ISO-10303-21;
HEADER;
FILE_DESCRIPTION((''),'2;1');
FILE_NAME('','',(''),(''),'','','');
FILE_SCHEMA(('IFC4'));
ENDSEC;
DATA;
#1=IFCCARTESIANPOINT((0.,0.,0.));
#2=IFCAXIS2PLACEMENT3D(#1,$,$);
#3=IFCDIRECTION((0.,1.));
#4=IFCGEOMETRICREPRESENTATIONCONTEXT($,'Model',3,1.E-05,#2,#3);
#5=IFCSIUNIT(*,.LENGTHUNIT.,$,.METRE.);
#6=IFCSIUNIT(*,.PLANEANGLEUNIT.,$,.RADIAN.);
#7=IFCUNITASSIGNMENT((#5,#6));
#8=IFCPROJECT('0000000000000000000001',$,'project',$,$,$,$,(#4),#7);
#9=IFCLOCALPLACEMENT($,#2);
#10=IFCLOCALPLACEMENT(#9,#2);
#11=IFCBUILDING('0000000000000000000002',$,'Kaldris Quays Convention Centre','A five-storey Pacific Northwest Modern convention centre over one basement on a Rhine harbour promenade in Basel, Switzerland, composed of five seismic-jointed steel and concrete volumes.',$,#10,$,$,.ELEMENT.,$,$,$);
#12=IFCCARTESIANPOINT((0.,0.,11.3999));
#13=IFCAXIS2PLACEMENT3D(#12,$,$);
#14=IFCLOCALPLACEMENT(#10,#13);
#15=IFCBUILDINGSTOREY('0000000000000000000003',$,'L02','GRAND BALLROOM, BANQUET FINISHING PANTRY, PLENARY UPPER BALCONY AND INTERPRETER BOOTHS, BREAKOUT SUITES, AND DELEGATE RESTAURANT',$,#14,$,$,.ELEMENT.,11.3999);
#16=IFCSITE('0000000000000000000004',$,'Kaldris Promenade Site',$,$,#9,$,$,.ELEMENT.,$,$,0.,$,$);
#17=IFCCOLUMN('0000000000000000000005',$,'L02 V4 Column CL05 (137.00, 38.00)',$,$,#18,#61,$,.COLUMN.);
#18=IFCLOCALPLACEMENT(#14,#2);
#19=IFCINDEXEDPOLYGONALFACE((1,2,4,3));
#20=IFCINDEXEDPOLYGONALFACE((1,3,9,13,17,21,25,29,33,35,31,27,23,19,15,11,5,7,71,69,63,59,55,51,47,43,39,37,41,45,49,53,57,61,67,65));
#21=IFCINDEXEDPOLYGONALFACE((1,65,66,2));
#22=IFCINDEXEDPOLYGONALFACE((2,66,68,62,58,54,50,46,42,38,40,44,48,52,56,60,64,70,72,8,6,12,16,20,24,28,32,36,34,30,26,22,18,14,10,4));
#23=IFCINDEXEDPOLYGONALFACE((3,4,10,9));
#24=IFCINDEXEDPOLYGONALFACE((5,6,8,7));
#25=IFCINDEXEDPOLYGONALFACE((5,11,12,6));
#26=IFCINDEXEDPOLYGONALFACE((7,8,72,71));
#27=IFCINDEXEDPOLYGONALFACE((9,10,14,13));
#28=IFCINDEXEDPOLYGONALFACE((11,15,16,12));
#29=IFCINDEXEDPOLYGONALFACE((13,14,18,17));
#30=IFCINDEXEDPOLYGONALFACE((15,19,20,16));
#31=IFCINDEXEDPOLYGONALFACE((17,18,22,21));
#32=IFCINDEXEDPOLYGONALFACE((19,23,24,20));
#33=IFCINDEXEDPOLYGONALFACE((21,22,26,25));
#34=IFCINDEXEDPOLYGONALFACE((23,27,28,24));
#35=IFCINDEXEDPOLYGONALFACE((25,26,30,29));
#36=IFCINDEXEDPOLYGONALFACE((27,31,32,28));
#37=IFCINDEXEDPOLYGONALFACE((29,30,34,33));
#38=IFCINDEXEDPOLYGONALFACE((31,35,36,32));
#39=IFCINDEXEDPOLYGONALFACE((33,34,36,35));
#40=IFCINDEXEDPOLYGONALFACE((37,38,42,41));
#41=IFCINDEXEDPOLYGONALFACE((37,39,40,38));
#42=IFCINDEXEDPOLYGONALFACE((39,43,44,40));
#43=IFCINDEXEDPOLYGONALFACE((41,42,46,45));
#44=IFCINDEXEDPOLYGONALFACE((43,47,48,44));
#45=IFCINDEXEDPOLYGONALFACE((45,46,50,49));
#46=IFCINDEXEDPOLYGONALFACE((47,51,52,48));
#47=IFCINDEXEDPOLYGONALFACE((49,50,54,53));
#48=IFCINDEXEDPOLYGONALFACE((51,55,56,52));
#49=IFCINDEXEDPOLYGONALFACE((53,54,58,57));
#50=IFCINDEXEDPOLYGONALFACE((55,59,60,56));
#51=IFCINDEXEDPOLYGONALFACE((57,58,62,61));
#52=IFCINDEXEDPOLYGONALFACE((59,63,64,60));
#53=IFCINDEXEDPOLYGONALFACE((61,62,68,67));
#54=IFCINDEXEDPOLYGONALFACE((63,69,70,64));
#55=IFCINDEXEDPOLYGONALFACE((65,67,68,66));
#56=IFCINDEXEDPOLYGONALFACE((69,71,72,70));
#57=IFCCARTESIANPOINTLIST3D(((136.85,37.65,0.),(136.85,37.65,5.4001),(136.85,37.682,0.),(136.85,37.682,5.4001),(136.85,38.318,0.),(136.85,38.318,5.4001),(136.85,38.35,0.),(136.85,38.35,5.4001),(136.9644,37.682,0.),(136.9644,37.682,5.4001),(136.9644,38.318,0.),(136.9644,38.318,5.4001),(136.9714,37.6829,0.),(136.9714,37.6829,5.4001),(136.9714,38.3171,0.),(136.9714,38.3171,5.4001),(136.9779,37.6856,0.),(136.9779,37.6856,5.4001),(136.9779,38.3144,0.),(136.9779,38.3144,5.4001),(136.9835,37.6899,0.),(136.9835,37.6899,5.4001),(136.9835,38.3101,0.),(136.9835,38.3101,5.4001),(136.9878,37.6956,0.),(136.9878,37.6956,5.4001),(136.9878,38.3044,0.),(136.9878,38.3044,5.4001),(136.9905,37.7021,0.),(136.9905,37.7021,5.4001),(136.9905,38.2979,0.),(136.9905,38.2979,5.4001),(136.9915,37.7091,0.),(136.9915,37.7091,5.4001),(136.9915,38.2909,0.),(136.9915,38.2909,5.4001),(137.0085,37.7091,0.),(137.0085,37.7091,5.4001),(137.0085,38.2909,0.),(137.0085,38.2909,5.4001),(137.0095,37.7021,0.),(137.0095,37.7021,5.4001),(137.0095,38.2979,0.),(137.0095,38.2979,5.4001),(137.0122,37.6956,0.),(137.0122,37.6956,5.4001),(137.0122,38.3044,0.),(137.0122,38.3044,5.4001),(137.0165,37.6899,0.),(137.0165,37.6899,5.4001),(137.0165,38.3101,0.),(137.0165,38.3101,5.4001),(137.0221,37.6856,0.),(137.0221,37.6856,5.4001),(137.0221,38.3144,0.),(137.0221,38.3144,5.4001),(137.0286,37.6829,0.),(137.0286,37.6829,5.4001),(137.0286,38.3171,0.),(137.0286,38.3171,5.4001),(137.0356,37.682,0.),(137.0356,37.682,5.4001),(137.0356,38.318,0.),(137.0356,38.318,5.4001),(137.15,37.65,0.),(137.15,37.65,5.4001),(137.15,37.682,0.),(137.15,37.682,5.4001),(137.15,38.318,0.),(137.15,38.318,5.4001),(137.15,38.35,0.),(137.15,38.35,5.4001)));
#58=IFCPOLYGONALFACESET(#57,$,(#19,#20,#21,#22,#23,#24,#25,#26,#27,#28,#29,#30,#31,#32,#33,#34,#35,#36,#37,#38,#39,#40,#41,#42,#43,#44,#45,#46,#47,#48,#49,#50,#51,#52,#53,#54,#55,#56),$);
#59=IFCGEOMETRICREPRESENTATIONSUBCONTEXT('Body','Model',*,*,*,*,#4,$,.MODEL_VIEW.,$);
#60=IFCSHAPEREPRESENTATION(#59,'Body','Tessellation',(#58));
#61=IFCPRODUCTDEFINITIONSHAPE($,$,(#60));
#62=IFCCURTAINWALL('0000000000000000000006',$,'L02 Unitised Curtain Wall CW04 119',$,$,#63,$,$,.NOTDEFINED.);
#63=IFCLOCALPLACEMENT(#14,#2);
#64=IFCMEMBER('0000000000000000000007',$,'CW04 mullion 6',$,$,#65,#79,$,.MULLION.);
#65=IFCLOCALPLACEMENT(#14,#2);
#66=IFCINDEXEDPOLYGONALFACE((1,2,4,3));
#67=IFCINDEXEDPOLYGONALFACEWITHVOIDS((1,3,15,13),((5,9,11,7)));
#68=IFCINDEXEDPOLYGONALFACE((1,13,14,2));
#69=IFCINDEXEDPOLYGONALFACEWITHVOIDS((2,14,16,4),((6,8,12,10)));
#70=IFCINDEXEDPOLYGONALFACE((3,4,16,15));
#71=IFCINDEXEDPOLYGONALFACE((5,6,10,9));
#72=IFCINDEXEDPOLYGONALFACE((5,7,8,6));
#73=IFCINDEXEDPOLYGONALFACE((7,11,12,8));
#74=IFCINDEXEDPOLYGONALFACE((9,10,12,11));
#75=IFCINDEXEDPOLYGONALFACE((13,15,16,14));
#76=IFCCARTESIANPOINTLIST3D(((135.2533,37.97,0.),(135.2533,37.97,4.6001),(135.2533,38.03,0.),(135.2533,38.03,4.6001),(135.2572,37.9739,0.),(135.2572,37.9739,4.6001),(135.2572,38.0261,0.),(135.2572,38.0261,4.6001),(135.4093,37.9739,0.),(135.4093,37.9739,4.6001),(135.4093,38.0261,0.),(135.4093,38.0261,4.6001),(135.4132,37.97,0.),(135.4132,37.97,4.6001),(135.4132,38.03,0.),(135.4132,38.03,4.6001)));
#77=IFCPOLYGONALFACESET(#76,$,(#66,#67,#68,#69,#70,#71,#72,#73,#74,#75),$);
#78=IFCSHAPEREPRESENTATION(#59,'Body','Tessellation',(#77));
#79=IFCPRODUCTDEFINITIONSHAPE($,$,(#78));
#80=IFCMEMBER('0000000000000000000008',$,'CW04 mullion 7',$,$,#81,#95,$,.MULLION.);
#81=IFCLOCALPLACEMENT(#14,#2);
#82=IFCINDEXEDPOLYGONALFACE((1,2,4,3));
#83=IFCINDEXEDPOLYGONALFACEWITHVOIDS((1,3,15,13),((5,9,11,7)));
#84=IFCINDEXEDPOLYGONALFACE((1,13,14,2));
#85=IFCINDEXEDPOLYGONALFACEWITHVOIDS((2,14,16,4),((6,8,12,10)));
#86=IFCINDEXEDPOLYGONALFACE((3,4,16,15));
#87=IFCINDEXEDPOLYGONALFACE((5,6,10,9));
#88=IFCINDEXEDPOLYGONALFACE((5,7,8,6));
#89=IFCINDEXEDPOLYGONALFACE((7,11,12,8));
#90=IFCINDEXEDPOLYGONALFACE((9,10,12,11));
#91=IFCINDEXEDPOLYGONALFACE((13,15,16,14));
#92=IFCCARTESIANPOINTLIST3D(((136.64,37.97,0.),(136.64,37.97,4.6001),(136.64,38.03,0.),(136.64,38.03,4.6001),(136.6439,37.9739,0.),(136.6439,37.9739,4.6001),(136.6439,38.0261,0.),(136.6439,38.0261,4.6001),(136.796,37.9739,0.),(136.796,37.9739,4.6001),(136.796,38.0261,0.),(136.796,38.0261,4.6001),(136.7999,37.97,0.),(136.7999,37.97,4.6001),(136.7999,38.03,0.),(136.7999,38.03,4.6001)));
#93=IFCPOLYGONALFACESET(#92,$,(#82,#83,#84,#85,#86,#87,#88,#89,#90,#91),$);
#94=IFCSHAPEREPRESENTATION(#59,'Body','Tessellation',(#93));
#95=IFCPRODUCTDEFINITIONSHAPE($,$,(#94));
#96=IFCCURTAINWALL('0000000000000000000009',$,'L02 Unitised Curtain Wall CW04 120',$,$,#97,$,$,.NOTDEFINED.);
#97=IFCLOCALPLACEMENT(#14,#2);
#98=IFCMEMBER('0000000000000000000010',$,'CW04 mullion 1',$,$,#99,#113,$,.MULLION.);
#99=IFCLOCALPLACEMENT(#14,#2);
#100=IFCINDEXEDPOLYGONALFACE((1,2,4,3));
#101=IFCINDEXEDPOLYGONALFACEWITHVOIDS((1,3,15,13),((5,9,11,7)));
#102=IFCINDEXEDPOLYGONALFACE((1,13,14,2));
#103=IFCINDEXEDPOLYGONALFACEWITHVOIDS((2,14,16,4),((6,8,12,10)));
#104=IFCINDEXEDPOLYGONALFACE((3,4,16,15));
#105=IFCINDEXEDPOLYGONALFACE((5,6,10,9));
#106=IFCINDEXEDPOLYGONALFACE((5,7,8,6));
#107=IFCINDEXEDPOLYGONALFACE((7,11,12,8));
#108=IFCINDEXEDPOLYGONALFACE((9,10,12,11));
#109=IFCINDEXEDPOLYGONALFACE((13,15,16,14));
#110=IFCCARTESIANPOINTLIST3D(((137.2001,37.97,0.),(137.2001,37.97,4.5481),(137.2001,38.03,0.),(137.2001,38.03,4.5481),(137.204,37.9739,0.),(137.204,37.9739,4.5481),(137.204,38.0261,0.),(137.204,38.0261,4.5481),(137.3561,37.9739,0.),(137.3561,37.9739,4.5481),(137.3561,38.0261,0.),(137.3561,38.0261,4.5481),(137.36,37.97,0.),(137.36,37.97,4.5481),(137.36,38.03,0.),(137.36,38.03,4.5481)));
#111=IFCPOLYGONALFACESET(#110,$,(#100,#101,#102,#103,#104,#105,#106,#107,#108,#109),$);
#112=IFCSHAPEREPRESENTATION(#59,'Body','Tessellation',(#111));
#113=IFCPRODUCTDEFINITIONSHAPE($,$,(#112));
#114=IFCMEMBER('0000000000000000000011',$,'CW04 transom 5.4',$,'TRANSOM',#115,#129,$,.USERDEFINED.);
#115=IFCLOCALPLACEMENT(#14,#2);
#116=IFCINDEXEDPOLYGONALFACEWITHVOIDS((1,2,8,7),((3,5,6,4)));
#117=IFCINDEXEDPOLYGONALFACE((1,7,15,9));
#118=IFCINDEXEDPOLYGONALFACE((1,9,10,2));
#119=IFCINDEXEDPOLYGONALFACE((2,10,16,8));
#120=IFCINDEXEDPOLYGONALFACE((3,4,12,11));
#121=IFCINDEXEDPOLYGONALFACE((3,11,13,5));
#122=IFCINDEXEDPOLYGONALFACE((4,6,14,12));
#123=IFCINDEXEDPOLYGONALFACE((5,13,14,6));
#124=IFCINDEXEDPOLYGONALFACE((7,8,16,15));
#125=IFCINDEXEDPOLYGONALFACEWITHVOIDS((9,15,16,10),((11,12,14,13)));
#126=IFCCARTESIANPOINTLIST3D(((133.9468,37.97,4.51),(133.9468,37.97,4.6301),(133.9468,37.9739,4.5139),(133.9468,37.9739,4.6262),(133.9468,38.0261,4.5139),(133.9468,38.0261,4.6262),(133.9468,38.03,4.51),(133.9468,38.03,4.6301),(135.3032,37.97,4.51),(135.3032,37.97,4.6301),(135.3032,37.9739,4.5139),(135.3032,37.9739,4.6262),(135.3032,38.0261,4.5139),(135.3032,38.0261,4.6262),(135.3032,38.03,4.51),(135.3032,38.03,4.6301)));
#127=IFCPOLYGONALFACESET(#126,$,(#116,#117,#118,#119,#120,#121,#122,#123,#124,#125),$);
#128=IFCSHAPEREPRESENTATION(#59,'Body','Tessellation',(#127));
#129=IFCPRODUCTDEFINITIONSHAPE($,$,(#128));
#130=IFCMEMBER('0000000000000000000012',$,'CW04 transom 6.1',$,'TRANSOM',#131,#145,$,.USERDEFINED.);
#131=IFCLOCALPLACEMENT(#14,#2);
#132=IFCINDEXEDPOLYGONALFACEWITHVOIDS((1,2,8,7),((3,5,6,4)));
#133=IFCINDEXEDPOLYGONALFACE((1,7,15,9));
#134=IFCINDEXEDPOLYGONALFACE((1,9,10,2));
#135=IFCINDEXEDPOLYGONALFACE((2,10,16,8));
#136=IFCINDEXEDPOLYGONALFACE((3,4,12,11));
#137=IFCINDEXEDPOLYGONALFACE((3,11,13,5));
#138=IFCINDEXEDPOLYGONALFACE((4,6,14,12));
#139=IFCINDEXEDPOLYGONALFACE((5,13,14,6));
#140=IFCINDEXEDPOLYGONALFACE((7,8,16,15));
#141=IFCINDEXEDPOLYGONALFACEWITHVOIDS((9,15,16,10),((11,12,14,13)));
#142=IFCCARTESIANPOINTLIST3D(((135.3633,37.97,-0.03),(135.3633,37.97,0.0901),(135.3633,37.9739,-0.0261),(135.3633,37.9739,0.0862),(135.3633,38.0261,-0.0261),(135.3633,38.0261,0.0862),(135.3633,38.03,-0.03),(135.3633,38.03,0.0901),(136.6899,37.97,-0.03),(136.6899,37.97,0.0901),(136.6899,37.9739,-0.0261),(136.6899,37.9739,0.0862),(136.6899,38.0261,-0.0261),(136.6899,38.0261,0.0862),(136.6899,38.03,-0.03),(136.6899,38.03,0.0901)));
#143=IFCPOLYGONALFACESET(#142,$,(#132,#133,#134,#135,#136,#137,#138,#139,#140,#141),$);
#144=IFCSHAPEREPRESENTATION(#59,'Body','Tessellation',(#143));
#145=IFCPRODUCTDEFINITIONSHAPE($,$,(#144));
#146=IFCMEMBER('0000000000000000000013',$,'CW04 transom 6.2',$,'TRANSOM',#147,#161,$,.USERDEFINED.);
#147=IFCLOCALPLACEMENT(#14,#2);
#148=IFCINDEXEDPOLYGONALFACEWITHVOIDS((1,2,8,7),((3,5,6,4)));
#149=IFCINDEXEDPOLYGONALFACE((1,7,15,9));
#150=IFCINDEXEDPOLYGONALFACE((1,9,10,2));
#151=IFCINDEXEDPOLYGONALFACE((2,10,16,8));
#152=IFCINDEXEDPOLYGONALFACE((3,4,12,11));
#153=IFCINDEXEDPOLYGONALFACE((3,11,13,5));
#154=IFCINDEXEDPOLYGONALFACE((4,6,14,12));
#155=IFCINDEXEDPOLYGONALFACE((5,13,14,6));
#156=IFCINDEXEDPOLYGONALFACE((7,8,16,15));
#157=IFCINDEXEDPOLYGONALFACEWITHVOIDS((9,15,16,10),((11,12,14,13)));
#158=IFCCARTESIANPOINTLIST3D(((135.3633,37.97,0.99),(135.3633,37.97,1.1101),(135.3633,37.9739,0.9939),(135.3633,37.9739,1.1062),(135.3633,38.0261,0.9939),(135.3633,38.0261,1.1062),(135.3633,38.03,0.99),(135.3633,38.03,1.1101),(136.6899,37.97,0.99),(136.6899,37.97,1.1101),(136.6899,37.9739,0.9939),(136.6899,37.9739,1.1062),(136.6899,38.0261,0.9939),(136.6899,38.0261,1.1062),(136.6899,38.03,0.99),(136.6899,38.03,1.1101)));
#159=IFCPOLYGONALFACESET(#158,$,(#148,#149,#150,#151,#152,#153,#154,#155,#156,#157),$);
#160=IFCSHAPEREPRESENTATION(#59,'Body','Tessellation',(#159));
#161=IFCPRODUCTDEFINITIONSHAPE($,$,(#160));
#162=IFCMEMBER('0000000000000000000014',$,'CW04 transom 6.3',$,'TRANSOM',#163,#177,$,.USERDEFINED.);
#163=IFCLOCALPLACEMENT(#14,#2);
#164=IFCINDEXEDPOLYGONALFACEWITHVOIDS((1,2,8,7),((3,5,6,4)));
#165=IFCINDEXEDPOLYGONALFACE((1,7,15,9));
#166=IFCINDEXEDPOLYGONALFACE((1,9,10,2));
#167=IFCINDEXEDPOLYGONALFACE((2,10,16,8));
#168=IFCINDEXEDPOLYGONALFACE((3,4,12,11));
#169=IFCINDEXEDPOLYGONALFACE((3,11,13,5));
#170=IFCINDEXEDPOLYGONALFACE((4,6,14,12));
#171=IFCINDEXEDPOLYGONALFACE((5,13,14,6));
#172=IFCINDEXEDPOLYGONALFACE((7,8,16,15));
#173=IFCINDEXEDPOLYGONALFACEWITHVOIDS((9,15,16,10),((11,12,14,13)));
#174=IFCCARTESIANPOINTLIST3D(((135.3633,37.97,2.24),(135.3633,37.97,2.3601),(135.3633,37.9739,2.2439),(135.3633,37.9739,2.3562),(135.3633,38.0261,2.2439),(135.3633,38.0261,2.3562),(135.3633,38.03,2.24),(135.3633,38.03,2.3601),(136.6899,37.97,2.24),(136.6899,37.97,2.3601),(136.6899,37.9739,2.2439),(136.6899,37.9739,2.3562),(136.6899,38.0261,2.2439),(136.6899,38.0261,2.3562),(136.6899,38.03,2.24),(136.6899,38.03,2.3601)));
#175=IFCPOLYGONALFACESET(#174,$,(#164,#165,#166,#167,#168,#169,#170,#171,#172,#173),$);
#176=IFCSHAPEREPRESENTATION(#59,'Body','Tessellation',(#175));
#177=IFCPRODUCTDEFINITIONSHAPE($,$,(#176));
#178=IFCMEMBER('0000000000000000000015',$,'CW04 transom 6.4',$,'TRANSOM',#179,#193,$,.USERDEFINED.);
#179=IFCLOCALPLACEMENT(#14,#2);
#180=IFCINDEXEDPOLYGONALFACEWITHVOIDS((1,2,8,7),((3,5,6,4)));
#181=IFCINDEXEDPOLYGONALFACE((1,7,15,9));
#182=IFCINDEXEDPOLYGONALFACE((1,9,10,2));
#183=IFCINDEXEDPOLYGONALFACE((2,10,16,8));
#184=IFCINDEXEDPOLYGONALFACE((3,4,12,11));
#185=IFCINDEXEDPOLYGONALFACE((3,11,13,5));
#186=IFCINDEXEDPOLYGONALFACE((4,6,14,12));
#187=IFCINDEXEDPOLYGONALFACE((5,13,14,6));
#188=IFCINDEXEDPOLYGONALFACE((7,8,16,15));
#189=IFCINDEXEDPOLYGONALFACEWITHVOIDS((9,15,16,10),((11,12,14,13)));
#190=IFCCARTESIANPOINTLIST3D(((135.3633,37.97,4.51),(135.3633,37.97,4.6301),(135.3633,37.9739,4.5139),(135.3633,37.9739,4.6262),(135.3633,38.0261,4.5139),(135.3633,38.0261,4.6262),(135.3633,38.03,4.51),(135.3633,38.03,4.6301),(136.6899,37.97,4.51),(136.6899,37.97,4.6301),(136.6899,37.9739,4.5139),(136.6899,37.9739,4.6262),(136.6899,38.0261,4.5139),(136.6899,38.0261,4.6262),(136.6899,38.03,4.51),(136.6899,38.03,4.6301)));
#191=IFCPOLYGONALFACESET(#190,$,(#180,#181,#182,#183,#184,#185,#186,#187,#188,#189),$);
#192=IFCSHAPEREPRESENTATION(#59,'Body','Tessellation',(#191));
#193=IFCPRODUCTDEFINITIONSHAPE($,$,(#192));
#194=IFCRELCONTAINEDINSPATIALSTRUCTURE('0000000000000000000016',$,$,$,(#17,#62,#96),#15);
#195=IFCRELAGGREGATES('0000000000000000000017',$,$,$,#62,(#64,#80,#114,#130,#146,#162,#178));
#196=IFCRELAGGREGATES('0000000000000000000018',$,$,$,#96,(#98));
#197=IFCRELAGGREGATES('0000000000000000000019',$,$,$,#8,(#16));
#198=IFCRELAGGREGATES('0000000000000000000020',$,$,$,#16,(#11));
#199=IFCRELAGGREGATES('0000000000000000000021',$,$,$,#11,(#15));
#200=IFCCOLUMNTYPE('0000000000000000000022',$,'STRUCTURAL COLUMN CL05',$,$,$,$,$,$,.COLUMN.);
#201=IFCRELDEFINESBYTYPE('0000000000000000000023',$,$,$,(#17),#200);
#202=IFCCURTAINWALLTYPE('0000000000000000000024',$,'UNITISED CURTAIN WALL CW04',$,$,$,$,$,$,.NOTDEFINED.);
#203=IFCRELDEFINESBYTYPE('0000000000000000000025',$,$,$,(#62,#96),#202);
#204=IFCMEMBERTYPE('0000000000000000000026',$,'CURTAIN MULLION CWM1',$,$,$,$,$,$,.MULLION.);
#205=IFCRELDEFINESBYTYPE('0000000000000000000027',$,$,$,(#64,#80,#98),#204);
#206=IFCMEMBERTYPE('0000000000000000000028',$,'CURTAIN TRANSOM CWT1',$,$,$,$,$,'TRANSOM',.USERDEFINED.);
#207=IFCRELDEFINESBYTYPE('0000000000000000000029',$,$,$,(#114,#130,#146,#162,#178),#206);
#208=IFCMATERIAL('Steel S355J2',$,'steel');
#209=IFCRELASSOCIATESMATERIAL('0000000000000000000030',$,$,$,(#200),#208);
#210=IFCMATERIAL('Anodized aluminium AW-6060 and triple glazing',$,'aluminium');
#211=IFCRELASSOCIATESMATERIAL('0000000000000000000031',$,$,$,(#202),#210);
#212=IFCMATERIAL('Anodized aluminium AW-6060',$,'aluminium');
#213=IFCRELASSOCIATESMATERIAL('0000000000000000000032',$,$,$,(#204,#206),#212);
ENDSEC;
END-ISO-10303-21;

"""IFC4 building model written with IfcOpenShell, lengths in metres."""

from ifc_helpers import new_model, si_unit, direction, frame, origin, origin_2d, place, context, subcontext, project, spatial, hollow_rectangle, i_section, extrude, material, material_profile, profile_set, type_object, element, aggregate, save


model = new_model("IFC4")

# Units and contexts
model_context = context("Model", 3, precision=1e-05, world=origin(), true_north=direction((0.0, 1.0)))
body_context = subcontext(model_context, "Body", "Model", "MODEL_VIEW")
ifc_project = project(units=[si_unit("LENGTHUNIT", "METRE"), si_unit("PLANEANGLEUNIT", "RADIAN")], contexts=[model_context])

# Site, building, storey
site_placement = place(None, origin())
site = spatial("IfcSite", under=ifc_project, at=site_placement, Name="Kaldris Promenade Site", CompositionType="ELEMENT", RefElevation=0.0)
building_placement = place(site_placement, origin())
building = spatial("IfcBuilding", under=site, at=building_placement, Name="Kaldris Quays Convention Centre", Description="A five-storey Pacific Northwest Modern convention centre over one basement on a Rhine harbour promenade in Basel, Switzerland, composed of five seismic-jointed steel and concrete volumes.", CompositionType="ELEMENT")
storey_placement = place(building_placement, frame((0.0, 0.0, 11.3999)))
storey = spatial("IfcBuildingStorey", under=building, at=storey_placement, Name="L02", Description="GRAND BALLROOM, BANQUET FINISHING PANTRY, PLENARY UPPER BALCONY AND INTERPRETER BOOTHS, BREAKOUT SUITES, AND DELEGATE RESTAURANT", CompositionType="ELEMENT", Elevation=11.3999)

# Column
ifc_material_1 = material(Name="Steel S355J2", Category="steel")
ifc_material_profile_1 = material_profile(ifc_material_1, i_section(OverallWidth=0.3, OverallDepth=0.7, WebThickness=0.0171, FlangeThickness=0.032, FilletRadius=0.0271, at=origin_2d()), Name="HEB 700")
ifc_profile_set_1 = profile_set([ifc_material_profile_1], Name="Steel S355J2")
column_type = type_object("IfcColumnType", Name="STRUCTURAL COLUMN CL05", PredefinedType="COLUMN", material=ifc_profile_set_1)
column_placement = place(storey_placement, frame((137.0, 38.0, 0.0), z_axis=(0.0, 0.0, 1.0), x_axis=(1.0, 0.0, 0.0)))
element("IfcColumn", 1, at=column_placement, inside=storey, type_object=column_type, Name="L02 V4 Column CL05 (137.00, 38.00)", PredefinedType="COLUMN", context=body_context, shape_type="SweptSolid", body=[
    extrude(i_section(OverallWidth=0.3, OverallDepth=0.7, WebThickness=0.0171, FlangeThickness=0.032, FilletRadius=0.0271, at=origin_2d()), origin(), (0.0, 0.0, 1.0), 5.4001),
])

# Curtain wall, members
ifc_material_2 = material(Name="Anodized aluminium AW-6060 and triple glazing", Category="aluminium")
curtain_wall_type = type_object("IfcCurtainWallType", Name="UNITISED CURTAIN WALL CW04", PredefinedType="NOTDEFINED", material=ifc_material_2)
curtain_wall_1_placement = place(storey_placement, origin())
curtain_wall_1 = element("IfcCurtainWall", 2, at=curtain_wall_1_placement, inside=storey, type_object=curtain_wall_type, Name="L02 Unitised Curtain Wall CW04 119", PredefinedType="NOTDEFINED")
ifc_material_3 = material(Name="Anodized aluminium AW-6060", Category="aluminium")
ifc_material_profile_2 = material_profile(ifc_material_3, hollow_rectangle(XDim=0.0601, YDim=0.1599, WallThickness=0.0039, at=origin_2d()), Name="RHS 160x60x4")
ifc_profile_set_2 = profile_set([ifc_material_profile_2], Name="Anodized aluminium AW-6060")
member_type_1 = type_object("IfcMemberType", Name="CURTAIN MULLION CWM1", PredefinedType="MULLION", material=ifc_profile_set_2)
member_1_placement = place(storey_placement, frame((135.3333, 38.0, 0.0), z_axis=(0.0, 0.0, 1.0), x_axis=(0.0, 1.0, 0.0)))
member_1 = element("IfcMember", 3, at=member_1_placement, type_object=member_type_1, Name="CW04 mullion 6", PredefinedType="MULLION", context=body_context, shape_type="SweptSolid", body=[
    extrude(hollow_rectangle(XDim=0.0601, YDim=0.1599, WallThickness=0.0039, at=origin_2d()), origin(), (0.0, 0.0, 1.0), 4.6001),
])
member_2_placement = place(storey_placement, frame((136.72, 38.0, 0.0), z_axis=(0.0, 0.0, 1.0), x_axis=(0.0, 1.0, 0.0)))
member_2 = element("IfcMember", 4, at=member_2_placement, type_object=member_type_1, Name="CW04 mullion 7", PredefinedType="MULLION", context=body_context, shape_type="SweptSolid", body=[
    extrude(hollow_rectangle(XDim=0.0601, YDim=0.1599, WallThickness=0.0039, at=origin_2d()), origin(), (0.0, 0.0, 1.0), 4.6001),
])

# Curtain wall, member
curtain_wall_2_placement = place(storey_placement, origin())
curtain_wall_2 = element("IfcCurtainWall", 5, at=curtain_wall_2_placement, inside=storey, type_object=curtain_wall_type, Name="L02 Unitised Curtain Wall CW04 120", PredefinedType="NOTDEFINED")
member_3_placement = place(storey_placement, frame((137.28, 38.0, 0.0), z_axis=(0.0, 0.0, 1.0), x_axis=(0.0, 1.0, 0.0)))
member_3 = element("IfcMember", 6, at=member_3_placement, type_object=member_type_1, Name="CW04 mullion 1", PredefinedType="MULLION", context=body_context, shape_type="SweptSolid", body=[
    extrude(hollow_rectangle(XDim=0.0601, YDim=0.1599, WallThickness=0.0039, at=origin_2d()), origin(), (0.0, 0.0, 1.0), 4.5481),
])

# Members
ifc_material_profile_3 = material_profile(ifc_material_3, hollow_rectangle(XDim=0.0601, YDim=0.1201, WallThickness=0.0039, at=origin_2d()), Name="RHS 120x60x4")
ifc_profile_set_3 = profile_set([ifc_material_profile_3], Name="Anodized aluminium AW-6060")
member_type_2 = type_object("IfcMemberType", Name="CURTAIN TRANSOM CWT1", ElementType="TRANSOM", PredefinedType="USERDEFINED", material=ifc_profile_set_3)
member_4_placement = place(storey_placement, frame((133.9468, 38.0, 4.5701), z_axis=(1.0, 0.0, 0.0), x_axis=(0.0, 1.0, 0.0)))
member_4 = element("IfcMember", 7, at=member_4_placement, type_object=member_type_2, Name="CW04 transom 5.4", ObjectType="TRANSOM", PredefinedType="USERDEFINED", context=body_context, shape_type="SweptSolid", body=[
    extrude(hollow_rectangle(XDim=0.0601, YDim=0.1201, WallThickness=0.0039, at=origin_2d()), origin(), (0.0, 0.0, 1.0), 1.3564),
])
member_5_placement = place(storey_placement, frame((135.3633, 38.0, 0.03), z_axis=(1.0, 0.0, 0.0), x_axis=(0.0, 1.0, 0.0)))
member_5 = element("IfcMember", 8, at=member_5_placement, type_object=member_type_2, Name="CW04 transom 6.1", ObjectType="TRANSOM", PredefinedType="USERDEFINED", context=body_context, shape_type="SweptSolid", body=[
    extrude(hollow_rectangle(XDim=0.0601, YDim=0.1201, WallThickness=0.0039, at=origin_2d()), origin(), (0.0, 0.0, 1.0), 1.3267),
])
member_6_placement = place(storey_placement, frame((135.3633, 38.0, 1.05), z_axis=(1.0, 0.0, 0.0), x_axis=(0.0, 1.0, 0.0)))
member_6 = element("IfcMember", 9, at=member_6_placement, type_object=member_type_2, Name="CW04 transom 6.2", ObjectType="TRANSOM", PredefinedType="USERDEFINED", context=body_context, shape_type="SweptSolid", body=[
    extrude(hollow_rectangle(XDim=0.0601, YDim=0.1201, WallThickness=0.0039, at=origin_2d()), origin(), (0.0, 0.0, 1.0), 1.3267),
])
member_7_placement = place(storey_placement, frame((135.3633, 38.0, 2.3), z_axis=(1.0, 0.0, 0.0), x_axis=(0.0, 1.0, 0.0)))
member_7 = element("IfcMember", 10, at=member_7_placement, type_object=member_type_2, Name="CW04 transom 6.3", ObjectType="TRANSOM", PredefinedType="USERDEFINED", context=body_context, shape_type="SweptSolid", body=[
    extrude(hollow_rectangle(XDim=0.0601, YDim=0.1201, WallThickness=0.0039, at=origin_2d()), origin(), (0.0, 0.0, 1.0), 1.3267),
])
member_8_placement = place(storey_placement, frame((135.3633, 38.0, 4.5701), z_axis=(1.0, 0.0, 0.0), x_axis=(0.0, 1.0, 0.0)))
member_8 = element("IfcMember", 11, at=member_8_placement, type_object=member_type_2, Name="CW04 transom 6.4", ObjectType="TRANSOM", PredefinedType="USERDEFINED", context=body_context, shape_type="SweptSolid", body=[
    extrude(hollow_rectangle(XDim=0.0601, YDim=0.1201, WallThickness=0.0039, at=origin_2d()), origin(), (0.0, 0.0, 1.0), 1.3267),
])

aggregate(curtain_wall_1, [member_1, member_2, member_4, member_5, member_6, member_7, member_8])
aggregate(curtain_wall_2, [member_3])

save(model, "model.ifc")
